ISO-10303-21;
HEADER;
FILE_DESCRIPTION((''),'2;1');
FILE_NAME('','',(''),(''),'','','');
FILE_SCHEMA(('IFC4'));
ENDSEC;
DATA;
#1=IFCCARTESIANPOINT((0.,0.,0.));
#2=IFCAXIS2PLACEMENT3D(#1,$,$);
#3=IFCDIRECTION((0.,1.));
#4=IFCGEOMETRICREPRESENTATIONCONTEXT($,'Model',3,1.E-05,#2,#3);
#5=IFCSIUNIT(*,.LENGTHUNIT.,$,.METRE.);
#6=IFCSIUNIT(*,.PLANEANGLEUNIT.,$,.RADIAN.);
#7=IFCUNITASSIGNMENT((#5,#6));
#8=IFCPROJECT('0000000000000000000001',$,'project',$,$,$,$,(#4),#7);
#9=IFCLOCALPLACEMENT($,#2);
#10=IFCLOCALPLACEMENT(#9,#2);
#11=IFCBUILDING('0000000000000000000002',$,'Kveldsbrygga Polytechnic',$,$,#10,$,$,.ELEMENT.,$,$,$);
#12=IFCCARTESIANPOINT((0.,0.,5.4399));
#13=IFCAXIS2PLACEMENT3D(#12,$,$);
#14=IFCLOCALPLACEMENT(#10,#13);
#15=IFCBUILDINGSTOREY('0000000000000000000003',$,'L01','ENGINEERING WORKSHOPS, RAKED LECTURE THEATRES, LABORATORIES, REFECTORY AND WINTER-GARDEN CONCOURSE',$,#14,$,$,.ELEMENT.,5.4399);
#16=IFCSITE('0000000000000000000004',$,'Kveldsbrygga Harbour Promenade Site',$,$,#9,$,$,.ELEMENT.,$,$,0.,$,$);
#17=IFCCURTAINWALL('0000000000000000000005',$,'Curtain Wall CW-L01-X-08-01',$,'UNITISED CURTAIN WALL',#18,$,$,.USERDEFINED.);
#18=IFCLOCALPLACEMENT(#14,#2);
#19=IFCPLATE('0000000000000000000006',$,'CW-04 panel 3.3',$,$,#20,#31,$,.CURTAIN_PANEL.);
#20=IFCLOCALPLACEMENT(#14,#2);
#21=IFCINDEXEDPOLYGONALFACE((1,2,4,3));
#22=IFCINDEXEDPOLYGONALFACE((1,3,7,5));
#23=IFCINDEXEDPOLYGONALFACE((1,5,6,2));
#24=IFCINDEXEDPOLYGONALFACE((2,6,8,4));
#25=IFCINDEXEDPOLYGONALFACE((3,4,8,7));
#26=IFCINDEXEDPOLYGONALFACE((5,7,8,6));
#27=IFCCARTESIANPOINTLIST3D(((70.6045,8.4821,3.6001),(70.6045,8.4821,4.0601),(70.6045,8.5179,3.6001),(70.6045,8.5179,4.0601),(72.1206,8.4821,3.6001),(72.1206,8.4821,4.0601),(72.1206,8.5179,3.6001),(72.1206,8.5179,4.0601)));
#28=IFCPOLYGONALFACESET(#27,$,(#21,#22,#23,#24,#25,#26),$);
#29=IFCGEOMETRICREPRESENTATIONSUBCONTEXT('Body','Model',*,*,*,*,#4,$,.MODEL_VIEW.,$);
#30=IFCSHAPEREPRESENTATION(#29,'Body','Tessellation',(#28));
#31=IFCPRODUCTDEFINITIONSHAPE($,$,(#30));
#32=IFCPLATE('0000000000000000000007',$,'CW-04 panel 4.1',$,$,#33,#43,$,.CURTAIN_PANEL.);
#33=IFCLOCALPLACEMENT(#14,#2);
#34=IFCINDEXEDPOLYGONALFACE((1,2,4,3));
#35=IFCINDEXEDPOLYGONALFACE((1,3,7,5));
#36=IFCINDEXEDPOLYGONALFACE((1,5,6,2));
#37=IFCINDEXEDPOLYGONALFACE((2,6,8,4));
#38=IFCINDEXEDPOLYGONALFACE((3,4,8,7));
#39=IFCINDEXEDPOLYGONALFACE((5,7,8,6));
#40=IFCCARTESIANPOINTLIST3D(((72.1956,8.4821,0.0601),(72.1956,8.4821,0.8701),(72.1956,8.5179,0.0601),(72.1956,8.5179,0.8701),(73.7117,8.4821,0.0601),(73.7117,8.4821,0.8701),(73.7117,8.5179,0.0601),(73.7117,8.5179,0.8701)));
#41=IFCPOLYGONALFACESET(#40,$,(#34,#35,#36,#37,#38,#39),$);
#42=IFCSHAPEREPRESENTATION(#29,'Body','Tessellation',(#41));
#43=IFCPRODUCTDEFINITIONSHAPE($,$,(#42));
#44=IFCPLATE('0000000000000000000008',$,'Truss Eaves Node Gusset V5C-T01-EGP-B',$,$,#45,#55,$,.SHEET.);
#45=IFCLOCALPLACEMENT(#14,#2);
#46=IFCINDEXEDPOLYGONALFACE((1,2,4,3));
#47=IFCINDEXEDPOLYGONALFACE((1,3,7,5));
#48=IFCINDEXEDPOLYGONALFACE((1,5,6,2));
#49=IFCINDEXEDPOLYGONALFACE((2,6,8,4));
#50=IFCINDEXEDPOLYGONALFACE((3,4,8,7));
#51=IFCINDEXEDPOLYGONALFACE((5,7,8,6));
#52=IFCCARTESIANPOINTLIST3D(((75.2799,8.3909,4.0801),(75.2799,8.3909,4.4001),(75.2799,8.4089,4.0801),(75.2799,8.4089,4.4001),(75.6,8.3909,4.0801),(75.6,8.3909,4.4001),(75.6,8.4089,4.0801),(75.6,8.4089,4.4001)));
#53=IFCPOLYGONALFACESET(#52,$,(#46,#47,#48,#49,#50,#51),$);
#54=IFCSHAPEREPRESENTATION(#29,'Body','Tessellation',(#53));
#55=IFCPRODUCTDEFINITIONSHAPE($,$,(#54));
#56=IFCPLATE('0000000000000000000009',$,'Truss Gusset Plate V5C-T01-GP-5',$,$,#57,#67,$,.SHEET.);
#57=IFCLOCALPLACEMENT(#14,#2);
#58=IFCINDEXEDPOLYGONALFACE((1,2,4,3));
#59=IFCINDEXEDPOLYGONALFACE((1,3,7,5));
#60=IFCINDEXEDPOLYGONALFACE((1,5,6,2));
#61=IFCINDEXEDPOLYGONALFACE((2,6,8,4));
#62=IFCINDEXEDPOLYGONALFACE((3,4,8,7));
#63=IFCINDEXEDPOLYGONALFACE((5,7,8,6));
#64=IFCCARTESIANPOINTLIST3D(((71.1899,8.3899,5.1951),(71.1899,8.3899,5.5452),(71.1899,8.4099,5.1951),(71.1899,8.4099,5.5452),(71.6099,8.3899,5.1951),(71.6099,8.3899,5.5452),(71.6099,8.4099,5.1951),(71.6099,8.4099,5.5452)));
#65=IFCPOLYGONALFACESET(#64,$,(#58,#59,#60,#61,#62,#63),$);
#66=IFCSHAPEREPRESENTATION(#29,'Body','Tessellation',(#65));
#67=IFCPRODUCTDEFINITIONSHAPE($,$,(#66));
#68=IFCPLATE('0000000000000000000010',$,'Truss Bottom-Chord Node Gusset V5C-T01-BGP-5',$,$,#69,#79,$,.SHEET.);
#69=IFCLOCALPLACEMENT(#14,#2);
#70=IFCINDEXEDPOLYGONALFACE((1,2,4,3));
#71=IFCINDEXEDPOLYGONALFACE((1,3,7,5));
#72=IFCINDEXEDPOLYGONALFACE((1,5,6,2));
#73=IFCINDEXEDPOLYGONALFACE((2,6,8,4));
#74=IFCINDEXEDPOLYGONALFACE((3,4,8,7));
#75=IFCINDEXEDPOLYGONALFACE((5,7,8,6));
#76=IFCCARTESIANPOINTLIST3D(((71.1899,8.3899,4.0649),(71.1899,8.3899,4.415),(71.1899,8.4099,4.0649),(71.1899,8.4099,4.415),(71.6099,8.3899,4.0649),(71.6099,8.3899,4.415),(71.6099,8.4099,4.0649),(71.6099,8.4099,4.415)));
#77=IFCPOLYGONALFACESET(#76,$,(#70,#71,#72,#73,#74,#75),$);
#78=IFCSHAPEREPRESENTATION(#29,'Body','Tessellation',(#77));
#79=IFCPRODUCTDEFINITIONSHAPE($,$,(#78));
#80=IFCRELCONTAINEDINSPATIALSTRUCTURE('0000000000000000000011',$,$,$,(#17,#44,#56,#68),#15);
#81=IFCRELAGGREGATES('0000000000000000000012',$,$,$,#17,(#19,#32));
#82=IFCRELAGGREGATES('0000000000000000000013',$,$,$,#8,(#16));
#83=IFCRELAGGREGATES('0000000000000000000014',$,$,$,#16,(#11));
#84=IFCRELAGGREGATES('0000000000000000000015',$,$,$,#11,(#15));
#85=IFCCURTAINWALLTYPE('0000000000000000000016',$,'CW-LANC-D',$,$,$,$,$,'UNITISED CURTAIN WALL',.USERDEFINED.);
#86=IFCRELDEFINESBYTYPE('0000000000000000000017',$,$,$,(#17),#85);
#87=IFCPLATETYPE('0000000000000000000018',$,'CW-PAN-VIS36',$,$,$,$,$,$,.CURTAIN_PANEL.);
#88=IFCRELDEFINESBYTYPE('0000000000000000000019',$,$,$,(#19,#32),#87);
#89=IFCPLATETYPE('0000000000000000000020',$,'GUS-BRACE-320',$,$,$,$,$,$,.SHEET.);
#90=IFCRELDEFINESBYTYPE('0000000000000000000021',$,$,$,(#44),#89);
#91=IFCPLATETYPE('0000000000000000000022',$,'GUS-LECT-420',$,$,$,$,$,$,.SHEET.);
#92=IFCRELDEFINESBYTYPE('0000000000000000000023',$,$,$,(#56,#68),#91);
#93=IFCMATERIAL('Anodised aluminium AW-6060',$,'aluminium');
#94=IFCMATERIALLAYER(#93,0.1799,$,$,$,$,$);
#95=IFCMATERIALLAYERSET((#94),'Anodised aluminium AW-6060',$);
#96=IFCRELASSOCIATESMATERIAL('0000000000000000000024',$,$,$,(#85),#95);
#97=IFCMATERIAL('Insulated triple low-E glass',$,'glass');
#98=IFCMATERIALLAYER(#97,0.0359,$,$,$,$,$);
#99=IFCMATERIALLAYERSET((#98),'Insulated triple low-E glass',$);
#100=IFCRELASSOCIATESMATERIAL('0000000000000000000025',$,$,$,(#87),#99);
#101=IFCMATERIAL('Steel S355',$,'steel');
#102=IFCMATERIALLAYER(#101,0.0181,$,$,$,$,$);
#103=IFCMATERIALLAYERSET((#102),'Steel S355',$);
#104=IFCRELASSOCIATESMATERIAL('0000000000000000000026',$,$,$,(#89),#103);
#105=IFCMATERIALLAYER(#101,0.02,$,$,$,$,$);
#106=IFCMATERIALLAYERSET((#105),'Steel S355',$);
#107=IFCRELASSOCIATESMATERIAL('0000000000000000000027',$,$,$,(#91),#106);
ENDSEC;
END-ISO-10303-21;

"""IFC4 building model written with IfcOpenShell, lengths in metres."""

from ifc_helpers import new_model, si_unit, direction, frame, origin, origin_2d, place, context, subcontext, project, spatial, rectangle, extrude, material, layer, layer_set, type_object, element, aggregate, save


model = new_model("IFC4")

# Units and contexts
model_context = context("Model", 3, precision=1e-05, world=origin(), true_north=direction((0.0, 1.0)))
body_context = subcontext(model_context, "Body", "Model", "MODEL_VIEW")
ifc_project = project(units=[si_unit("LENGTHUNIT", "METRE"), si_unit("PLANEANGLEUNIT", "RADIAN")], contexts=[model_context])

# Site, building, storey
site_placement = place(None, origin())
site = spatial("IfcSite", under=ifc_project, at=site_placement, Name="Kveldsbrygga Harbour Promenade Site", CompositionType="ELEMENT", RefElevation=0.0)
building_placement = place(site_placement, origin())
building = spatial("IfcBuilding", under=site, at=building_placement, Name="Kveldsbrygga Polytechnic", CompositionType="ELEMENT")
storey_placement = place(building_placement, frame((0.0, 0.0, 5.4399)))
storey = spatial("IfcBuildingStorey", under=building, at=storey_placement, Name="L01", Description="ENGINEERING WORKSHOPS, RAKED LECTURE THEATRES, LABORATORIES, REFECTORY AND WINTER-GARDEN CONCOURSE", CompositionType="ELEMENT", Elevation=5.4399)

# Shared definitions
ifc_material_1 = material(Name="Steel S355", Category="steel")

# Curtain wall
ifc_material_2 = material(Name="Anodised aluminium AW-6060", Category="aluminium")
ifc_layer_1 = layer(ifc_material_2, 0.1799)
ifc_layer_set_1 = layer_set([ifc_layer_1], Name="Anodised aluminium AW-6060")
curtain_wall_type = type_object("IfcCurtainWallType", Name="CW-LANC-D", ElementType="UNITISED CURTAIN WALL", PredefinedType="USERDEFINED", material=ifc_layer_set_1)
curtain_wall_placement = place(storey_placement, origin())
curtain_wall = element("IfcCurtainWall", 1, at=curtain_wall_placement, inside=storey, type_object=curtain_wall_type, Name="Curtain Wall CW-L01-X-08-01", ObjectType="UNITISED CURTAIN WALL", PredefinedType="USERDEFINED")

# Plates
ifc_material_3 = material(Name="Insulated triple low-E glass", Category="glass")
ifc_layer_2 = layer(ifc_material_3, 0.0359)
ifc_layer_set_2 = layer_set([ifc_layer_2], Name="Insulated triple low-E glass")
plate_type_1 = type_object("IfcPlateType", Name="CW-PAN-VIS36", PredefinedType="CURTAIN_PANEL", material=ifc_layer_set_2)
plate_1_placement = place(storey_placement, frame((71.3625, 8.5, 3.6001), z_axis=(0.0, 0.0, 1.0), x_axis=(1.0, 0.0, 0.0)))
plate_1 = element("IfcPlate", 2, at=plate_1_placement, type_object=plate_type_1, Name="CW-04 panel 3.3", PredefinedType="CURTAIN_PANEL", context=body_context, shape_type="SweptSolid", body=[
    extrude(rectangle(XDim=1.5161, YDim=0.0359, at=origin_2d()), origin(), (0.0, 0.0, 1.0), 0.46),
])
plate_2_placement = place(storey_placement, frame((72.9536, 8.5, 0.0601), z_axis=(0.0, 0.0, 1.0), x_axis=(1.0, 0.0, 0.0)))
plate_2 = element("IfcPlate", 3, at=plate_2_placement, type_object=plate_type_1, Name="CW-04 panel 4.1", PredefinedType="CURTAIN_PANEL", context=body_context, shape_type="SweptSolid", body=[
    extrude(rectangle(XDim=1.5161, YDim=0.0359, at=origin_2d()), origin(), (0.0, 0.0, 1.0), 0.8101),
])
aggregate(curtain_wall, [plate_1, plate_2])

# Plates
ifc_layer_3 = layer(ifc_material_1, 0.0181)
ifc_layer_set_3 = layer_set([ifc_layer_3], Name="Steel S355")
plate_type_2 = type_object("IfcPlateType", Name="GUS-BRACE-320", PredefinedType="SHEET", material=ifc_layer_set_3)
plate_3_placement = place(storey_placement, frame((75.4399, 8.3999, 4.0801), z_axis=(0.0, 0.0, 1.0), x_axis=(1.0, 0.0, 0.0)))
element("IfcPlate", 4, at=plate_3_placement, inside=storey, type_object=plate_type_2, Name="Truss Eaves Node Gusset V5C-T01-EGP-B", PredefinedType="SHEET", context=body_context, shape_type="SweptSolid", body=[
    extrude(rectangle(XDim=0.3201, YDim=0.0181, at=origin_2d()), origin(), (0.0, 0.0, 1.0), 0.3201),
])
ifc_layer_4 = layer(ifc_material_1, 0.02)
ifc_layer_set_4 = layer_set([ifc_layer_4], Name="Steel S355")
plate_type_3 = type_object("IfcPlateType", Name="GUS-LECT-420", PredefinedType="SHEET", material=ifc_layer_set_4)
for number, where, z_axis, x_axis, name in (
    (5, (71.3999, 8.3999, 5.1951), (0.0, 0.0, 1.0), (1.0, 0.0, 0.0), "Truss Gusset Plate V5C-T01-GP-5"),
    (6, (71.3999, 8.3999, 4.0649), (0.0, 0.0, 1.0), (1.0, 0.0, 0.0), "Truss Bottom-Chord Node Gusset V5C-T01-BGP-5"),
):
    element("IfcPlate", number, at=place(storey_placement, frame(where, z_axis=z_axis, x_axis=x_axis)), inside=storey, type_object=plate_type_3, Name=name, PredefinedType="SHEET", context=body_context, shape_type="SweptSolid", body=[
        extrude(rectangle(XDim=0.4199, YDim=0.02, at=origin_2d()), origin(), (0.0, 0.0, 1.0), 0.3501),
    ])

save(model, "model.ifc")
